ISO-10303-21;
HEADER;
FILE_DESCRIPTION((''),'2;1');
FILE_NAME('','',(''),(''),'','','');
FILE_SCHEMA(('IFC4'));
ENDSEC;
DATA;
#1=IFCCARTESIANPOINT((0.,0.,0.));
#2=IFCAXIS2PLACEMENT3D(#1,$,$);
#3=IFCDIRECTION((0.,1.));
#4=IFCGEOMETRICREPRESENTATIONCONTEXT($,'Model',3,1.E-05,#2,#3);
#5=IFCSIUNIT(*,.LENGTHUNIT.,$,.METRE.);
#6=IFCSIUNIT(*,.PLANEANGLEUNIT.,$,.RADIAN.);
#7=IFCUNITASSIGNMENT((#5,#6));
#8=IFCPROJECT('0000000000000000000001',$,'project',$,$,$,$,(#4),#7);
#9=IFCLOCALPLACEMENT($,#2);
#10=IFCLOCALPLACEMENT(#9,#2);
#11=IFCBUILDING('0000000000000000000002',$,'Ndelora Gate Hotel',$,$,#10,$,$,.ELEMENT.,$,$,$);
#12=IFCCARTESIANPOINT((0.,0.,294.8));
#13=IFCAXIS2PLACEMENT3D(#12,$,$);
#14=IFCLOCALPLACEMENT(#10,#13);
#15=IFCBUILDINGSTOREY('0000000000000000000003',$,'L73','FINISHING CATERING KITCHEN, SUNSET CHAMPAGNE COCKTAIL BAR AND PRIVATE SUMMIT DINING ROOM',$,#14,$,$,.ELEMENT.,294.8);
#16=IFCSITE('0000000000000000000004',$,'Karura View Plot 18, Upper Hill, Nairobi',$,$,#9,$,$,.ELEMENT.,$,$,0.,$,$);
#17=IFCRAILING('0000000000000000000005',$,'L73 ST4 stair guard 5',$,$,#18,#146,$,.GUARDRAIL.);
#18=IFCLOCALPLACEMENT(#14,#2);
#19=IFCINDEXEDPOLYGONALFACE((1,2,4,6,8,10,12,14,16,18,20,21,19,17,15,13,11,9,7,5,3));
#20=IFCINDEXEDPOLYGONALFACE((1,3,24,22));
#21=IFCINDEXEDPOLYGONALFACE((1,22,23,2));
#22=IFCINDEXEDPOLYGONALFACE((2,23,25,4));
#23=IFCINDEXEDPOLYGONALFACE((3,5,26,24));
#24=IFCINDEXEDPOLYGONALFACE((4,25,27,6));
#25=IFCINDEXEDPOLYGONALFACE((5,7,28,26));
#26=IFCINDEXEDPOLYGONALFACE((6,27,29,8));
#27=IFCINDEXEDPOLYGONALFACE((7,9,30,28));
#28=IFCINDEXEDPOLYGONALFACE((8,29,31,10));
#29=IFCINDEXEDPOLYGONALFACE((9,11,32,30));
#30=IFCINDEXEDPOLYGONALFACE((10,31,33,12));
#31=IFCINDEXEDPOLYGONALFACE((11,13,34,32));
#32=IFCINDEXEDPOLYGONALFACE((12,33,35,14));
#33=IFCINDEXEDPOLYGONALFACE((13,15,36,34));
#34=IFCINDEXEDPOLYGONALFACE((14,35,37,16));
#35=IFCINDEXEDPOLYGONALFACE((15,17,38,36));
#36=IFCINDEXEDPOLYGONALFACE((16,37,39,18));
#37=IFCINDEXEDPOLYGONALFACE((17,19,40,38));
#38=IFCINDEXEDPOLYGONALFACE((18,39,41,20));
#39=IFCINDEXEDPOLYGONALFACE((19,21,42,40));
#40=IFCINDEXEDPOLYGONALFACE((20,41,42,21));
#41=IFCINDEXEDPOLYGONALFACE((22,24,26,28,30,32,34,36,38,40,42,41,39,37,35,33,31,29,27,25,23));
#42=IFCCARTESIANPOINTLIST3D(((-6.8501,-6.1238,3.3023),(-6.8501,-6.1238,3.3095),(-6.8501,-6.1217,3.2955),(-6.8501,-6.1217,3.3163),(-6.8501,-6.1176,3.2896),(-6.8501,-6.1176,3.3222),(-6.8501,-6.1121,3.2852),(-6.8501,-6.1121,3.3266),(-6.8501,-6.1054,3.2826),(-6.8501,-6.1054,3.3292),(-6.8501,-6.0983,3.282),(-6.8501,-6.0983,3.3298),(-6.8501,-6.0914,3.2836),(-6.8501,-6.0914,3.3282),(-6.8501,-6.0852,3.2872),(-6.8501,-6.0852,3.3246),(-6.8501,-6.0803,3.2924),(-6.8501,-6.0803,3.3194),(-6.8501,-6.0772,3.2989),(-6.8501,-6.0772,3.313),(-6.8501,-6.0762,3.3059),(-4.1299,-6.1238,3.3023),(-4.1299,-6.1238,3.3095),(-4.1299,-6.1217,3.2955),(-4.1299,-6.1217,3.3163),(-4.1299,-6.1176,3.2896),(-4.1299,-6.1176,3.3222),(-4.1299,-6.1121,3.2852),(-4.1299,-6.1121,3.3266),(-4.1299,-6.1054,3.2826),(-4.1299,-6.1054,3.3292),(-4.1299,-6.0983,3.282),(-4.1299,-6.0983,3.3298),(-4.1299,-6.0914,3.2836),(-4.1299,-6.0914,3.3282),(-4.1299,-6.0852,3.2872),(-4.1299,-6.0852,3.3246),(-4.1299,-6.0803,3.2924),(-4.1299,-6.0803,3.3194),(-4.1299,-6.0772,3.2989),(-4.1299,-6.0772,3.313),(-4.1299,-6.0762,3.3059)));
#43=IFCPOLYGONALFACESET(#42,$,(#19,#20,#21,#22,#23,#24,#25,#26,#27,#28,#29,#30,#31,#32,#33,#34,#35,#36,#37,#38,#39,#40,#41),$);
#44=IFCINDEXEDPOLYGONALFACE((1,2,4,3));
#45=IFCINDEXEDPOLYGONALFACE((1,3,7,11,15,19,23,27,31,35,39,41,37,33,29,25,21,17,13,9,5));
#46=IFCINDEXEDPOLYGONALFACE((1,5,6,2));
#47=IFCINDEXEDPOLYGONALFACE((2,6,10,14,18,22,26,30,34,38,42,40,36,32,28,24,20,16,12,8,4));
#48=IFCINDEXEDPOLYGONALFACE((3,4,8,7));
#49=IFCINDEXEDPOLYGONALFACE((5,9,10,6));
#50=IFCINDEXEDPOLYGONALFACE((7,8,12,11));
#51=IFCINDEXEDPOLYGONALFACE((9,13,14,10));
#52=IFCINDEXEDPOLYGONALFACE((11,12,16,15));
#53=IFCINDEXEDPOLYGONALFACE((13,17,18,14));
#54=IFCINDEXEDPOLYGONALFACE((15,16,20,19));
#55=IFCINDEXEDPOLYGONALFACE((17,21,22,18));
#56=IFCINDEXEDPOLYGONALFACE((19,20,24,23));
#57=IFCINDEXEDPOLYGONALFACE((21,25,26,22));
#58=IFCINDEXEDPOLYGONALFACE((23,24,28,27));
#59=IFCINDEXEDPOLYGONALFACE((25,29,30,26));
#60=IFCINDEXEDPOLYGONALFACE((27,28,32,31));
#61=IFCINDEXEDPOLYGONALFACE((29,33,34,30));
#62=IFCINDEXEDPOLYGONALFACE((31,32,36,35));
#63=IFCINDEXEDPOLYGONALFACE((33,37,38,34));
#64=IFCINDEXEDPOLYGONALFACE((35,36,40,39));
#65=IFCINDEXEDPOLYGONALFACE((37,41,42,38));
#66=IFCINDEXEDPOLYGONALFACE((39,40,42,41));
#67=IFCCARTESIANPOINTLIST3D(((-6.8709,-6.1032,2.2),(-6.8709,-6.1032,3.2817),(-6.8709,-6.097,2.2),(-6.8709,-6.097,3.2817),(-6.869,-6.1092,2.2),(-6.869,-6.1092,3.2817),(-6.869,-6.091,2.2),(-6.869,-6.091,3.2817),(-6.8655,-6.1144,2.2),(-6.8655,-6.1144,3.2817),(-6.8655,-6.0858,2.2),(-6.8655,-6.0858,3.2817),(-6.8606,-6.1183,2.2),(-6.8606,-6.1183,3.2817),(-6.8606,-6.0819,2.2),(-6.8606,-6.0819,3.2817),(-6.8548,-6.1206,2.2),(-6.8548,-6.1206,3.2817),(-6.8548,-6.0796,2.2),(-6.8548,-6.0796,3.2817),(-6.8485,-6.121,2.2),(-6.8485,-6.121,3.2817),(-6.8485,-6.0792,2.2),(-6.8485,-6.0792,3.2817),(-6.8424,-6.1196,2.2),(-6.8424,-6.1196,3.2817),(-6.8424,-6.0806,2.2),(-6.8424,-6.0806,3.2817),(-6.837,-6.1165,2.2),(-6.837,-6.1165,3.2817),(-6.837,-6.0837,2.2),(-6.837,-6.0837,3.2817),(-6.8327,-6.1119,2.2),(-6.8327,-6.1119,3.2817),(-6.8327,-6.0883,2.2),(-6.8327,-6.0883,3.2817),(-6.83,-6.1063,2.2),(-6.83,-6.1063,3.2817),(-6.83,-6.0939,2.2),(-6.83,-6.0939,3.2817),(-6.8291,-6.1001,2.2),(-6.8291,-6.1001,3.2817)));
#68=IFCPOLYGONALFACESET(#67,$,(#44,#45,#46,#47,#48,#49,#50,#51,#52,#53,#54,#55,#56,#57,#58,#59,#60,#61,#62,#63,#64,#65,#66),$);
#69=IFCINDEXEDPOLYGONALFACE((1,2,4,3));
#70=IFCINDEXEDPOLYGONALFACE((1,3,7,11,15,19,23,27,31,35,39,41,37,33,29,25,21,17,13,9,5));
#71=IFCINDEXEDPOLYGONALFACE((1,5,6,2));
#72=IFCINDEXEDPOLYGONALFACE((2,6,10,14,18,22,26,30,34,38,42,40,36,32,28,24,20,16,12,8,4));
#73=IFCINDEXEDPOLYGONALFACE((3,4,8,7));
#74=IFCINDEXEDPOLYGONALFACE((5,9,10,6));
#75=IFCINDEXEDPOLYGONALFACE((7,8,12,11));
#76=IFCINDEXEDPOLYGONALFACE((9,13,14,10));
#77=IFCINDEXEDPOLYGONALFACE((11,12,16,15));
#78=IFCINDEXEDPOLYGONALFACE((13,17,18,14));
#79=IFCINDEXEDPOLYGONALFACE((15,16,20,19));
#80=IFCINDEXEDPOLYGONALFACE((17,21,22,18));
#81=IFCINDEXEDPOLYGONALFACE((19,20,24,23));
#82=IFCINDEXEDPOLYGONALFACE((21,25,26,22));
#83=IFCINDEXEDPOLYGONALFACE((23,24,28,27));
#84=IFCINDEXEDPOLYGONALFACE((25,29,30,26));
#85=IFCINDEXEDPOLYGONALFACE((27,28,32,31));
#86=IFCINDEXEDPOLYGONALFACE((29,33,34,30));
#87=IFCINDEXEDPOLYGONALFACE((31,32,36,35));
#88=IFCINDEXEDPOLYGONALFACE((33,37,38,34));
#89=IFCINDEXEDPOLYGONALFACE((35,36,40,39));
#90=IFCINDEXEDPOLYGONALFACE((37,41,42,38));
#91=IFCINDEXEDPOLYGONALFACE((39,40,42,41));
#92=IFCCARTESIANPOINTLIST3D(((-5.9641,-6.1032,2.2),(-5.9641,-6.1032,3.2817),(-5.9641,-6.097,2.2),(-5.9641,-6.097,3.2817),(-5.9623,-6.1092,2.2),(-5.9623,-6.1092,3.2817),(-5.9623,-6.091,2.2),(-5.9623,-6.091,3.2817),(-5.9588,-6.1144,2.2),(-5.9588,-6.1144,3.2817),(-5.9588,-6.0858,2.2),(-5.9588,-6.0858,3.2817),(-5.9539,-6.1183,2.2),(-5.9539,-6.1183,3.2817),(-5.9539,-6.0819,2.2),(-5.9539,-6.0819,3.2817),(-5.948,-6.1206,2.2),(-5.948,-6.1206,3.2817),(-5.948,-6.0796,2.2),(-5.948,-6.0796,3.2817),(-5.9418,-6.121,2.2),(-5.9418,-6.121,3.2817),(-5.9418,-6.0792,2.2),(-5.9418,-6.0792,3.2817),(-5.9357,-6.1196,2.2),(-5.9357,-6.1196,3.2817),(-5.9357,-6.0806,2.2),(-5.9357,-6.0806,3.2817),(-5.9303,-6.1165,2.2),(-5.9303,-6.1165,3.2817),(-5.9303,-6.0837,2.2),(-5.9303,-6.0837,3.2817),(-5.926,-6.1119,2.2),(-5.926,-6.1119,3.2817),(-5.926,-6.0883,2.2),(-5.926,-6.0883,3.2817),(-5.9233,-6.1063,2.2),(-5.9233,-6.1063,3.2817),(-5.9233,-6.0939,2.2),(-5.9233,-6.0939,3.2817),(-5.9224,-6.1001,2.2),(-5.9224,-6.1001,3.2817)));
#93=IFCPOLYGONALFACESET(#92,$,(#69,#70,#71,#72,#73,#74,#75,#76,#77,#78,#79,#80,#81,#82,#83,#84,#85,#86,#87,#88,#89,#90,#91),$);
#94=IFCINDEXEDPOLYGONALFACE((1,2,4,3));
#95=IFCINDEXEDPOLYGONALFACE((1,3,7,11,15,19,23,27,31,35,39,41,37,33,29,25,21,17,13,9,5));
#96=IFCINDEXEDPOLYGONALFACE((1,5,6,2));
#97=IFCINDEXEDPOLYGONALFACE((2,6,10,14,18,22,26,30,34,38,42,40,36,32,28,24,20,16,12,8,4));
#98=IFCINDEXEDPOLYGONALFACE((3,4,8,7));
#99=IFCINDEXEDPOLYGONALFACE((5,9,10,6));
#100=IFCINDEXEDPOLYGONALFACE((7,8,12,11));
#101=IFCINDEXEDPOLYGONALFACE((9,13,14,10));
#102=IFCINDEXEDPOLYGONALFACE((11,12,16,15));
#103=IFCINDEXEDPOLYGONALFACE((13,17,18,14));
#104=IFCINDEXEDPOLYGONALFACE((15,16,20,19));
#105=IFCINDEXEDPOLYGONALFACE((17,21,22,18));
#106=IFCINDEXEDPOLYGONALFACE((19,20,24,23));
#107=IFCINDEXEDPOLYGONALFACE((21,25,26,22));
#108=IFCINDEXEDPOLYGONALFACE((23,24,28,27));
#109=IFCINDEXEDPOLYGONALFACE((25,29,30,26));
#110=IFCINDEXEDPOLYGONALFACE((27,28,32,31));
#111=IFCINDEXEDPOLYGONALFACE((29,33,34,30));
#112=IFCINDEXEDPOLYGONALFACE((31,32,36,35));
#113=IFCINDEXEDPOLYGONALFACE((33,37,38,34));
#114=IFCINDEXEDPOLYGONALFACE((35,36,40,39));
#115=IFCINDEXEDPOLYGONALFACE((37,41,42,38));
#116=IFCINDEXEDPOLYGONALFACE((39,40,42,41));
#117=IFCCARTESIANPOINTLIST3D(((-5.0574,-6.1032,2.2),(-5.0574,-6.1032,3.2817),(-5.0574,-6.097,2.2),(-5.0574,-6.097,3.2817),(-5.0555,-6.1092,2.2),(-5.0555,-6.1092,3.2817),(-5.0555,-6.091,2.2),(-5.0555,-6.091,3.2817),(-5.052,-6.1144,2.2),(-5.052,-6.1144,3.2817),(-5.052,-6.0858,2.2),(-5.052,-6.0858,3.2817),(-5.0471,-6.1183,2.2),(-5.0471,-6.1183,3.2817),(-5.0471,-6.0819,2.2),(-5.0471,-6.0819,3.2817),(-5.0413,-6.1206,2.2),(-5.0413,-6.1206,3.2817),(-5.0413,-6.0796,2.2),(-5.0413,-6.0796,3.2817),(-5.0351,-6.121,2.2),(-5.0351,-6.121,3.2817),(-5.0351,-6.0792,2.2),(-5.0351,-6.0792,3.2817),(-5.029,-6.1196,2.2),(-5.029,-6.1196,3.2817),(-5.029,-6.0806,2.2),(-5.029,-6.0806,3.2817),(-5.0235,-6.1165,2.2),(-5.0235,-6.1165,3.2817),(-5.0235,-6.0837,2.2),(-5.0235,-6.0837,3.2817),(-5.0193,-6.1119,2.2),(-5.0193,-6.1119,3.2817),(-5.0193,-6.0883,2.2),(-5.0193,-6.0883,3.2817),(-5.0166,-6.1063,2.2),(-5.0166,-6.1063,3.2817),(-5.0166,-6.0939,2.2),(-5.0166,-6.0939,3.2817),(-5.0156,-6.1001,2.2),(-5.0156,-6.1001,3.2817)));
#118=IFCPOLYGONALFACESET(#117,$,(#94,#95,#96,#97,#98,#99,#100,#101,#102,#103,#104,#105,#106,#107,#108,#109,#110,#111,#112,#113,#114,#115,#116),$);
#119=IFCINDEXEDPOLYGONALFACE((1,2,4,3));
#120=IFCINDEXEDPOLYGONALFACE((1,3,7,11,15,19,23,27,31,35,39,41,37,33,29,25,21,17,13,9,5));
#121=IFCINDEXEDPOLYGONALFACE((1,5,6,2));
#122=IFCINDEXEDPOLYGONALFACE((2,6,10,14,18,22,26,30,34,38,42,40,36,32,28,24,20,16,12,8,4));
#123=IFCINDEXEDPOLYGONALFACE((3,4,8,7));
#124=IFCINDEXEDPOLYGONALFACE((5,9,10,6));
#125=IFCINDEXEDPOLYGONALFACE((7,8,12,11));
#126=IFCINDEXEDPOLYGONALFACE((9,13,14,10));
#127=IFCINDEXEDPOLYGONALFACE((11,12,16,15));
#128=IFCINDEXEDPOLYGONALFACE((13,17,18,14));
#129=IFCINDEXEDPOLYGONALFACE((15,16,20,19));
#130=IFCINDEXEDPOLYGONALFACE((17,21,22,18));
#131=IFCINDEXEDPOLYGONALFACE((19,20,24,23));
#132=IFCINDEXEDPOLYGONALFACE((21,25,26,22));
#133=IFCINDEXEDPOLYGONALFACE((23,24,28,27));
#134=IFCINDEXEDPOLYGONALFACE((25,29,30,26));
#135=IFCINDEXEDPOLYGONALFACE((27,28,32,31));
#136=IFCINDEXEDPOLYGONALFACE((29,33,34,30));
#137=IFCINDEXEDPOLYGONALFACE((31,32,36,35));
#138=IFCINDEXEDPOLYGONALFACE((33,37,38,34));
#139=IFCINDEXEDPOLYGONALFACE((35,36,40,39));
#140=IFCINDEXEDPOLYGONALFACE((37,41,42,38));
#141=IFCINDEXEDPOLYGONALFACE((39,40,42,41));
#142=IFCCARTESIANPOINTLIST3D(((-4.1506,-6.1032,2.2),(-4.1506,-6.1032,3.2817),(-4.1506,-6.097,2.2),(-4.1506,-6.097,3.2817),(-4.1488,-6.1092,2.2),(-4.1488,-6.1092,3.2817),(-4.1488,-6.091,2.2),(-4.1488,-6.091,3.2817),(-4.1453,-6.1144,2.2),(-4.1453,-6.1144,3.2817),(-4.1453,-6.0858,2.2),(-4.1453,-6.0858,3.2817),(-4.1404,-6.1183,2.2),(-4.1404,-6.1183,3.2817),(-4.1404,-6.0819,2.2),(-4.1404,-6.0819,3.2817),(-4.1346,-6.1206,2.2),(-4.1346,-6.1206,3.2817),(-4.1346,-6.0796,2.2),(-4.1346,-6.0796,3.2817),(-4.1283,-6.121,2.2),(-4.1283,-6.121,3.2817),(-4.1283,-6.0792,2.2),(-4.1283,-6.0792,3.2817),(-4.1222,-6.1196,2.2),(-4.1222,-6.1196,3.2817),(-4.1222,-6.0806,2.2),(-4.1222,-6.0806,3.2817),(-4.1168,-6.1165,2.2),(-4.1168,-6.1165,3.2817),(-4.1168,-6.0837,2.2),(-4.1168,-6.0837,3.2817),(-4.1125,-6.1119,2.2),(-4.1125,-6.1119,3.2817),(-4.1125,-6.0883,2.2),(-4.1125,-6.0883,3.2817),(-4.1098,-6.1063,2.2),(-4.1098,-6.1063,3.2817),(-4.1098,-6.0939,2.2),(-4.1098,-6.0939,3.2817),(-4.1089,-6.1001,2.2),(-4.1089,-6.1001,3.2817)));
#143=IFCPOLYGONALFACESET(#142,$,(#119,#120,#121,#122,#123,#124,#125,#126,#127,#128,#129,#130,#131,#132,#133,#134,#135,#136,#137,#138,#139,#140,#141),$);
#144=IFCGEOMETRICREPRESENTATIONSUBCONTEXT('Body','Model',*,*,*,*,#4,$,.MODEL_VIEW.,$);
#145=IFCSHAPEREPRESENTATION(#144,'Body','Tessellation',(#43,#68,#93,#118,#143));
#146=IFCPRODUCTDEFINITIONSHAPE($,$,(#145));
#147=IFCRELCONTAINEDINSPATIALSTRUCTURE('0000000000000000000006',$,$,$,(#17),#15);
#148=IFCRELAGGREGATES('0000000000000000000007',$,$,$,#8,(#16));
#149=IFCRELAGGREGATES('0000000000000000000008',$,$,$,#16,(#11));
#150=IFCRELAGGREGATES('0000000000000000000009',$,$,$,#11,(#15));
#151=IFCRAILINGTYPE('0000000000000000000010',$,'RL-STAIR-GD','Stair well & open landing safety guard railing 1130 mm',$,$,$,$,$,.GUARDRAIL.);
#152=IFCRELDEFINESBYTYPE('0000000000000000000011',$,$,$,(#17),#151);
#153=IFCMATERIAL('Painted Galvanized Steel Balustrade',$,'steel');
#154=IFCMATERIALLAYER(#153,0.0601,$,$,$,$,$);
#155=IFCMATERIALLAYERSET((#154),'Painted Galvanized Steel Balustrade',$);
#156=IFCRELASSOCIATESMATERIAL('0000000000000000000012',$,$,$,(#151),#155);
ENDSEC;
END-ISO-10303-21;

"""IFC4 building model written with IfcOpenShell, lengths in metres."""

from ifc_helpers import new_model, si_unit, direction, frame, origin, origin_2d, place, context, subcontext, project, spatial, circle, extrude, material, layer, layer_set, type_object, element, save


model = new_model("IFC4")

# Units and contexts
model_context = context("Model", 3, precision=1e-05, world=origin(), true_north=direction((0.0, 1.0)))
body_context = subcontext(model_context, "Body", "Model", "MODEL_VIEW")
ifc_project = project(units=[si_unit("LENGTHUNIT", "METRE"), si_unit("PLANEANGLEUNIT", "RADIAN")], contexts=[model_context])

# Site, building, storey
site_placement = place(None, origin())
site = spatial("IfcSite", under=ifc_project, at=site_placement, Name="Karura View Plot 18, Upper Hill, Nairobi", CompositionType="ELEMENT", RefElevation=0.0)
building_placement = place(site_placement, origin())
building = spatial("IfcBuilding", under=site, at=building_placement, Name="Ndelora Gate Hotel", CompositionType="ELEMENT")
storey_placement = place(building_placement, frame((0.0, 0.0, 294.8)))
storey = spatial("IfcBuildingStorey", under=building, at=storey_placement, Name="L73", Description="FINISHING CATERING KITCHEN, SUNSET CHAMPAGNE COCKTAIL BAR AND PRIVATE SUMMIT DINING ROOM", CompositionType="ELEMENT", Elevation=294.8)

# Railing
ifc_material_1 = material(Name="Painted Galvanized Steel Balustrade", Category="steel")
ifc_layer_1 = layer(ifc_material_1, 0.0601)
ifc_layer_set_1 = layer_set([ifc_layer_1], Name="Painted Galvanized Steel Balustrade")
railing_type_1 = type_object("IfcRailingType", Name="RL-STAIR-GD", Description="Stair well & open landing safety guard railing 1130 mm", PredefinedType="GUARDRAIL", material=ifc_layer_set_1)
railing_1_placement = place(storey_placement, frame((-6.8501, -6.1001, 2.2)))
element("IfcRailing", 1, at=railing_1_placement, inside=storey, type_object=railing_type_1, Name="L73 ST4 stair guard 5", PredefinedType="GUARDRAIL", context=body_context, shape_type="SweptSolid", body=[
    extrude(circle(Radius=0.0239, at=origin_2d()), frame((0.0, 0.0, 1.106), z_axis=(1.0, 0.0, 0.0), x_axis=(0.0, 1.0, 0.0)), (0.0, 0.0, 1.0), 2.7202),
    extrude(circle(Radius=0.021, at=origin_2d()), origin(), (0.0, 0.0, 1.0), 1.0818),
    extrude(circle(Radius=0.021, at=origin_2d()), frame((0.9067, 0.0, 0.0)), (0.0, 0.0, 1.0), 1.0818),
    extrude(circle(Radius=0.021, at=origin_2d()), frame((1.8135, 0.0, 0.0)), (0.0, 0.0, 1.0), 1.0818),
    extrude(circle(Radius=0.021, at=origin_2d()), frame((2.7202, 0.0, 0.0)), (0.0, 0.0, 1.0), 1.0818),
])

save(model, "model.ifc")
